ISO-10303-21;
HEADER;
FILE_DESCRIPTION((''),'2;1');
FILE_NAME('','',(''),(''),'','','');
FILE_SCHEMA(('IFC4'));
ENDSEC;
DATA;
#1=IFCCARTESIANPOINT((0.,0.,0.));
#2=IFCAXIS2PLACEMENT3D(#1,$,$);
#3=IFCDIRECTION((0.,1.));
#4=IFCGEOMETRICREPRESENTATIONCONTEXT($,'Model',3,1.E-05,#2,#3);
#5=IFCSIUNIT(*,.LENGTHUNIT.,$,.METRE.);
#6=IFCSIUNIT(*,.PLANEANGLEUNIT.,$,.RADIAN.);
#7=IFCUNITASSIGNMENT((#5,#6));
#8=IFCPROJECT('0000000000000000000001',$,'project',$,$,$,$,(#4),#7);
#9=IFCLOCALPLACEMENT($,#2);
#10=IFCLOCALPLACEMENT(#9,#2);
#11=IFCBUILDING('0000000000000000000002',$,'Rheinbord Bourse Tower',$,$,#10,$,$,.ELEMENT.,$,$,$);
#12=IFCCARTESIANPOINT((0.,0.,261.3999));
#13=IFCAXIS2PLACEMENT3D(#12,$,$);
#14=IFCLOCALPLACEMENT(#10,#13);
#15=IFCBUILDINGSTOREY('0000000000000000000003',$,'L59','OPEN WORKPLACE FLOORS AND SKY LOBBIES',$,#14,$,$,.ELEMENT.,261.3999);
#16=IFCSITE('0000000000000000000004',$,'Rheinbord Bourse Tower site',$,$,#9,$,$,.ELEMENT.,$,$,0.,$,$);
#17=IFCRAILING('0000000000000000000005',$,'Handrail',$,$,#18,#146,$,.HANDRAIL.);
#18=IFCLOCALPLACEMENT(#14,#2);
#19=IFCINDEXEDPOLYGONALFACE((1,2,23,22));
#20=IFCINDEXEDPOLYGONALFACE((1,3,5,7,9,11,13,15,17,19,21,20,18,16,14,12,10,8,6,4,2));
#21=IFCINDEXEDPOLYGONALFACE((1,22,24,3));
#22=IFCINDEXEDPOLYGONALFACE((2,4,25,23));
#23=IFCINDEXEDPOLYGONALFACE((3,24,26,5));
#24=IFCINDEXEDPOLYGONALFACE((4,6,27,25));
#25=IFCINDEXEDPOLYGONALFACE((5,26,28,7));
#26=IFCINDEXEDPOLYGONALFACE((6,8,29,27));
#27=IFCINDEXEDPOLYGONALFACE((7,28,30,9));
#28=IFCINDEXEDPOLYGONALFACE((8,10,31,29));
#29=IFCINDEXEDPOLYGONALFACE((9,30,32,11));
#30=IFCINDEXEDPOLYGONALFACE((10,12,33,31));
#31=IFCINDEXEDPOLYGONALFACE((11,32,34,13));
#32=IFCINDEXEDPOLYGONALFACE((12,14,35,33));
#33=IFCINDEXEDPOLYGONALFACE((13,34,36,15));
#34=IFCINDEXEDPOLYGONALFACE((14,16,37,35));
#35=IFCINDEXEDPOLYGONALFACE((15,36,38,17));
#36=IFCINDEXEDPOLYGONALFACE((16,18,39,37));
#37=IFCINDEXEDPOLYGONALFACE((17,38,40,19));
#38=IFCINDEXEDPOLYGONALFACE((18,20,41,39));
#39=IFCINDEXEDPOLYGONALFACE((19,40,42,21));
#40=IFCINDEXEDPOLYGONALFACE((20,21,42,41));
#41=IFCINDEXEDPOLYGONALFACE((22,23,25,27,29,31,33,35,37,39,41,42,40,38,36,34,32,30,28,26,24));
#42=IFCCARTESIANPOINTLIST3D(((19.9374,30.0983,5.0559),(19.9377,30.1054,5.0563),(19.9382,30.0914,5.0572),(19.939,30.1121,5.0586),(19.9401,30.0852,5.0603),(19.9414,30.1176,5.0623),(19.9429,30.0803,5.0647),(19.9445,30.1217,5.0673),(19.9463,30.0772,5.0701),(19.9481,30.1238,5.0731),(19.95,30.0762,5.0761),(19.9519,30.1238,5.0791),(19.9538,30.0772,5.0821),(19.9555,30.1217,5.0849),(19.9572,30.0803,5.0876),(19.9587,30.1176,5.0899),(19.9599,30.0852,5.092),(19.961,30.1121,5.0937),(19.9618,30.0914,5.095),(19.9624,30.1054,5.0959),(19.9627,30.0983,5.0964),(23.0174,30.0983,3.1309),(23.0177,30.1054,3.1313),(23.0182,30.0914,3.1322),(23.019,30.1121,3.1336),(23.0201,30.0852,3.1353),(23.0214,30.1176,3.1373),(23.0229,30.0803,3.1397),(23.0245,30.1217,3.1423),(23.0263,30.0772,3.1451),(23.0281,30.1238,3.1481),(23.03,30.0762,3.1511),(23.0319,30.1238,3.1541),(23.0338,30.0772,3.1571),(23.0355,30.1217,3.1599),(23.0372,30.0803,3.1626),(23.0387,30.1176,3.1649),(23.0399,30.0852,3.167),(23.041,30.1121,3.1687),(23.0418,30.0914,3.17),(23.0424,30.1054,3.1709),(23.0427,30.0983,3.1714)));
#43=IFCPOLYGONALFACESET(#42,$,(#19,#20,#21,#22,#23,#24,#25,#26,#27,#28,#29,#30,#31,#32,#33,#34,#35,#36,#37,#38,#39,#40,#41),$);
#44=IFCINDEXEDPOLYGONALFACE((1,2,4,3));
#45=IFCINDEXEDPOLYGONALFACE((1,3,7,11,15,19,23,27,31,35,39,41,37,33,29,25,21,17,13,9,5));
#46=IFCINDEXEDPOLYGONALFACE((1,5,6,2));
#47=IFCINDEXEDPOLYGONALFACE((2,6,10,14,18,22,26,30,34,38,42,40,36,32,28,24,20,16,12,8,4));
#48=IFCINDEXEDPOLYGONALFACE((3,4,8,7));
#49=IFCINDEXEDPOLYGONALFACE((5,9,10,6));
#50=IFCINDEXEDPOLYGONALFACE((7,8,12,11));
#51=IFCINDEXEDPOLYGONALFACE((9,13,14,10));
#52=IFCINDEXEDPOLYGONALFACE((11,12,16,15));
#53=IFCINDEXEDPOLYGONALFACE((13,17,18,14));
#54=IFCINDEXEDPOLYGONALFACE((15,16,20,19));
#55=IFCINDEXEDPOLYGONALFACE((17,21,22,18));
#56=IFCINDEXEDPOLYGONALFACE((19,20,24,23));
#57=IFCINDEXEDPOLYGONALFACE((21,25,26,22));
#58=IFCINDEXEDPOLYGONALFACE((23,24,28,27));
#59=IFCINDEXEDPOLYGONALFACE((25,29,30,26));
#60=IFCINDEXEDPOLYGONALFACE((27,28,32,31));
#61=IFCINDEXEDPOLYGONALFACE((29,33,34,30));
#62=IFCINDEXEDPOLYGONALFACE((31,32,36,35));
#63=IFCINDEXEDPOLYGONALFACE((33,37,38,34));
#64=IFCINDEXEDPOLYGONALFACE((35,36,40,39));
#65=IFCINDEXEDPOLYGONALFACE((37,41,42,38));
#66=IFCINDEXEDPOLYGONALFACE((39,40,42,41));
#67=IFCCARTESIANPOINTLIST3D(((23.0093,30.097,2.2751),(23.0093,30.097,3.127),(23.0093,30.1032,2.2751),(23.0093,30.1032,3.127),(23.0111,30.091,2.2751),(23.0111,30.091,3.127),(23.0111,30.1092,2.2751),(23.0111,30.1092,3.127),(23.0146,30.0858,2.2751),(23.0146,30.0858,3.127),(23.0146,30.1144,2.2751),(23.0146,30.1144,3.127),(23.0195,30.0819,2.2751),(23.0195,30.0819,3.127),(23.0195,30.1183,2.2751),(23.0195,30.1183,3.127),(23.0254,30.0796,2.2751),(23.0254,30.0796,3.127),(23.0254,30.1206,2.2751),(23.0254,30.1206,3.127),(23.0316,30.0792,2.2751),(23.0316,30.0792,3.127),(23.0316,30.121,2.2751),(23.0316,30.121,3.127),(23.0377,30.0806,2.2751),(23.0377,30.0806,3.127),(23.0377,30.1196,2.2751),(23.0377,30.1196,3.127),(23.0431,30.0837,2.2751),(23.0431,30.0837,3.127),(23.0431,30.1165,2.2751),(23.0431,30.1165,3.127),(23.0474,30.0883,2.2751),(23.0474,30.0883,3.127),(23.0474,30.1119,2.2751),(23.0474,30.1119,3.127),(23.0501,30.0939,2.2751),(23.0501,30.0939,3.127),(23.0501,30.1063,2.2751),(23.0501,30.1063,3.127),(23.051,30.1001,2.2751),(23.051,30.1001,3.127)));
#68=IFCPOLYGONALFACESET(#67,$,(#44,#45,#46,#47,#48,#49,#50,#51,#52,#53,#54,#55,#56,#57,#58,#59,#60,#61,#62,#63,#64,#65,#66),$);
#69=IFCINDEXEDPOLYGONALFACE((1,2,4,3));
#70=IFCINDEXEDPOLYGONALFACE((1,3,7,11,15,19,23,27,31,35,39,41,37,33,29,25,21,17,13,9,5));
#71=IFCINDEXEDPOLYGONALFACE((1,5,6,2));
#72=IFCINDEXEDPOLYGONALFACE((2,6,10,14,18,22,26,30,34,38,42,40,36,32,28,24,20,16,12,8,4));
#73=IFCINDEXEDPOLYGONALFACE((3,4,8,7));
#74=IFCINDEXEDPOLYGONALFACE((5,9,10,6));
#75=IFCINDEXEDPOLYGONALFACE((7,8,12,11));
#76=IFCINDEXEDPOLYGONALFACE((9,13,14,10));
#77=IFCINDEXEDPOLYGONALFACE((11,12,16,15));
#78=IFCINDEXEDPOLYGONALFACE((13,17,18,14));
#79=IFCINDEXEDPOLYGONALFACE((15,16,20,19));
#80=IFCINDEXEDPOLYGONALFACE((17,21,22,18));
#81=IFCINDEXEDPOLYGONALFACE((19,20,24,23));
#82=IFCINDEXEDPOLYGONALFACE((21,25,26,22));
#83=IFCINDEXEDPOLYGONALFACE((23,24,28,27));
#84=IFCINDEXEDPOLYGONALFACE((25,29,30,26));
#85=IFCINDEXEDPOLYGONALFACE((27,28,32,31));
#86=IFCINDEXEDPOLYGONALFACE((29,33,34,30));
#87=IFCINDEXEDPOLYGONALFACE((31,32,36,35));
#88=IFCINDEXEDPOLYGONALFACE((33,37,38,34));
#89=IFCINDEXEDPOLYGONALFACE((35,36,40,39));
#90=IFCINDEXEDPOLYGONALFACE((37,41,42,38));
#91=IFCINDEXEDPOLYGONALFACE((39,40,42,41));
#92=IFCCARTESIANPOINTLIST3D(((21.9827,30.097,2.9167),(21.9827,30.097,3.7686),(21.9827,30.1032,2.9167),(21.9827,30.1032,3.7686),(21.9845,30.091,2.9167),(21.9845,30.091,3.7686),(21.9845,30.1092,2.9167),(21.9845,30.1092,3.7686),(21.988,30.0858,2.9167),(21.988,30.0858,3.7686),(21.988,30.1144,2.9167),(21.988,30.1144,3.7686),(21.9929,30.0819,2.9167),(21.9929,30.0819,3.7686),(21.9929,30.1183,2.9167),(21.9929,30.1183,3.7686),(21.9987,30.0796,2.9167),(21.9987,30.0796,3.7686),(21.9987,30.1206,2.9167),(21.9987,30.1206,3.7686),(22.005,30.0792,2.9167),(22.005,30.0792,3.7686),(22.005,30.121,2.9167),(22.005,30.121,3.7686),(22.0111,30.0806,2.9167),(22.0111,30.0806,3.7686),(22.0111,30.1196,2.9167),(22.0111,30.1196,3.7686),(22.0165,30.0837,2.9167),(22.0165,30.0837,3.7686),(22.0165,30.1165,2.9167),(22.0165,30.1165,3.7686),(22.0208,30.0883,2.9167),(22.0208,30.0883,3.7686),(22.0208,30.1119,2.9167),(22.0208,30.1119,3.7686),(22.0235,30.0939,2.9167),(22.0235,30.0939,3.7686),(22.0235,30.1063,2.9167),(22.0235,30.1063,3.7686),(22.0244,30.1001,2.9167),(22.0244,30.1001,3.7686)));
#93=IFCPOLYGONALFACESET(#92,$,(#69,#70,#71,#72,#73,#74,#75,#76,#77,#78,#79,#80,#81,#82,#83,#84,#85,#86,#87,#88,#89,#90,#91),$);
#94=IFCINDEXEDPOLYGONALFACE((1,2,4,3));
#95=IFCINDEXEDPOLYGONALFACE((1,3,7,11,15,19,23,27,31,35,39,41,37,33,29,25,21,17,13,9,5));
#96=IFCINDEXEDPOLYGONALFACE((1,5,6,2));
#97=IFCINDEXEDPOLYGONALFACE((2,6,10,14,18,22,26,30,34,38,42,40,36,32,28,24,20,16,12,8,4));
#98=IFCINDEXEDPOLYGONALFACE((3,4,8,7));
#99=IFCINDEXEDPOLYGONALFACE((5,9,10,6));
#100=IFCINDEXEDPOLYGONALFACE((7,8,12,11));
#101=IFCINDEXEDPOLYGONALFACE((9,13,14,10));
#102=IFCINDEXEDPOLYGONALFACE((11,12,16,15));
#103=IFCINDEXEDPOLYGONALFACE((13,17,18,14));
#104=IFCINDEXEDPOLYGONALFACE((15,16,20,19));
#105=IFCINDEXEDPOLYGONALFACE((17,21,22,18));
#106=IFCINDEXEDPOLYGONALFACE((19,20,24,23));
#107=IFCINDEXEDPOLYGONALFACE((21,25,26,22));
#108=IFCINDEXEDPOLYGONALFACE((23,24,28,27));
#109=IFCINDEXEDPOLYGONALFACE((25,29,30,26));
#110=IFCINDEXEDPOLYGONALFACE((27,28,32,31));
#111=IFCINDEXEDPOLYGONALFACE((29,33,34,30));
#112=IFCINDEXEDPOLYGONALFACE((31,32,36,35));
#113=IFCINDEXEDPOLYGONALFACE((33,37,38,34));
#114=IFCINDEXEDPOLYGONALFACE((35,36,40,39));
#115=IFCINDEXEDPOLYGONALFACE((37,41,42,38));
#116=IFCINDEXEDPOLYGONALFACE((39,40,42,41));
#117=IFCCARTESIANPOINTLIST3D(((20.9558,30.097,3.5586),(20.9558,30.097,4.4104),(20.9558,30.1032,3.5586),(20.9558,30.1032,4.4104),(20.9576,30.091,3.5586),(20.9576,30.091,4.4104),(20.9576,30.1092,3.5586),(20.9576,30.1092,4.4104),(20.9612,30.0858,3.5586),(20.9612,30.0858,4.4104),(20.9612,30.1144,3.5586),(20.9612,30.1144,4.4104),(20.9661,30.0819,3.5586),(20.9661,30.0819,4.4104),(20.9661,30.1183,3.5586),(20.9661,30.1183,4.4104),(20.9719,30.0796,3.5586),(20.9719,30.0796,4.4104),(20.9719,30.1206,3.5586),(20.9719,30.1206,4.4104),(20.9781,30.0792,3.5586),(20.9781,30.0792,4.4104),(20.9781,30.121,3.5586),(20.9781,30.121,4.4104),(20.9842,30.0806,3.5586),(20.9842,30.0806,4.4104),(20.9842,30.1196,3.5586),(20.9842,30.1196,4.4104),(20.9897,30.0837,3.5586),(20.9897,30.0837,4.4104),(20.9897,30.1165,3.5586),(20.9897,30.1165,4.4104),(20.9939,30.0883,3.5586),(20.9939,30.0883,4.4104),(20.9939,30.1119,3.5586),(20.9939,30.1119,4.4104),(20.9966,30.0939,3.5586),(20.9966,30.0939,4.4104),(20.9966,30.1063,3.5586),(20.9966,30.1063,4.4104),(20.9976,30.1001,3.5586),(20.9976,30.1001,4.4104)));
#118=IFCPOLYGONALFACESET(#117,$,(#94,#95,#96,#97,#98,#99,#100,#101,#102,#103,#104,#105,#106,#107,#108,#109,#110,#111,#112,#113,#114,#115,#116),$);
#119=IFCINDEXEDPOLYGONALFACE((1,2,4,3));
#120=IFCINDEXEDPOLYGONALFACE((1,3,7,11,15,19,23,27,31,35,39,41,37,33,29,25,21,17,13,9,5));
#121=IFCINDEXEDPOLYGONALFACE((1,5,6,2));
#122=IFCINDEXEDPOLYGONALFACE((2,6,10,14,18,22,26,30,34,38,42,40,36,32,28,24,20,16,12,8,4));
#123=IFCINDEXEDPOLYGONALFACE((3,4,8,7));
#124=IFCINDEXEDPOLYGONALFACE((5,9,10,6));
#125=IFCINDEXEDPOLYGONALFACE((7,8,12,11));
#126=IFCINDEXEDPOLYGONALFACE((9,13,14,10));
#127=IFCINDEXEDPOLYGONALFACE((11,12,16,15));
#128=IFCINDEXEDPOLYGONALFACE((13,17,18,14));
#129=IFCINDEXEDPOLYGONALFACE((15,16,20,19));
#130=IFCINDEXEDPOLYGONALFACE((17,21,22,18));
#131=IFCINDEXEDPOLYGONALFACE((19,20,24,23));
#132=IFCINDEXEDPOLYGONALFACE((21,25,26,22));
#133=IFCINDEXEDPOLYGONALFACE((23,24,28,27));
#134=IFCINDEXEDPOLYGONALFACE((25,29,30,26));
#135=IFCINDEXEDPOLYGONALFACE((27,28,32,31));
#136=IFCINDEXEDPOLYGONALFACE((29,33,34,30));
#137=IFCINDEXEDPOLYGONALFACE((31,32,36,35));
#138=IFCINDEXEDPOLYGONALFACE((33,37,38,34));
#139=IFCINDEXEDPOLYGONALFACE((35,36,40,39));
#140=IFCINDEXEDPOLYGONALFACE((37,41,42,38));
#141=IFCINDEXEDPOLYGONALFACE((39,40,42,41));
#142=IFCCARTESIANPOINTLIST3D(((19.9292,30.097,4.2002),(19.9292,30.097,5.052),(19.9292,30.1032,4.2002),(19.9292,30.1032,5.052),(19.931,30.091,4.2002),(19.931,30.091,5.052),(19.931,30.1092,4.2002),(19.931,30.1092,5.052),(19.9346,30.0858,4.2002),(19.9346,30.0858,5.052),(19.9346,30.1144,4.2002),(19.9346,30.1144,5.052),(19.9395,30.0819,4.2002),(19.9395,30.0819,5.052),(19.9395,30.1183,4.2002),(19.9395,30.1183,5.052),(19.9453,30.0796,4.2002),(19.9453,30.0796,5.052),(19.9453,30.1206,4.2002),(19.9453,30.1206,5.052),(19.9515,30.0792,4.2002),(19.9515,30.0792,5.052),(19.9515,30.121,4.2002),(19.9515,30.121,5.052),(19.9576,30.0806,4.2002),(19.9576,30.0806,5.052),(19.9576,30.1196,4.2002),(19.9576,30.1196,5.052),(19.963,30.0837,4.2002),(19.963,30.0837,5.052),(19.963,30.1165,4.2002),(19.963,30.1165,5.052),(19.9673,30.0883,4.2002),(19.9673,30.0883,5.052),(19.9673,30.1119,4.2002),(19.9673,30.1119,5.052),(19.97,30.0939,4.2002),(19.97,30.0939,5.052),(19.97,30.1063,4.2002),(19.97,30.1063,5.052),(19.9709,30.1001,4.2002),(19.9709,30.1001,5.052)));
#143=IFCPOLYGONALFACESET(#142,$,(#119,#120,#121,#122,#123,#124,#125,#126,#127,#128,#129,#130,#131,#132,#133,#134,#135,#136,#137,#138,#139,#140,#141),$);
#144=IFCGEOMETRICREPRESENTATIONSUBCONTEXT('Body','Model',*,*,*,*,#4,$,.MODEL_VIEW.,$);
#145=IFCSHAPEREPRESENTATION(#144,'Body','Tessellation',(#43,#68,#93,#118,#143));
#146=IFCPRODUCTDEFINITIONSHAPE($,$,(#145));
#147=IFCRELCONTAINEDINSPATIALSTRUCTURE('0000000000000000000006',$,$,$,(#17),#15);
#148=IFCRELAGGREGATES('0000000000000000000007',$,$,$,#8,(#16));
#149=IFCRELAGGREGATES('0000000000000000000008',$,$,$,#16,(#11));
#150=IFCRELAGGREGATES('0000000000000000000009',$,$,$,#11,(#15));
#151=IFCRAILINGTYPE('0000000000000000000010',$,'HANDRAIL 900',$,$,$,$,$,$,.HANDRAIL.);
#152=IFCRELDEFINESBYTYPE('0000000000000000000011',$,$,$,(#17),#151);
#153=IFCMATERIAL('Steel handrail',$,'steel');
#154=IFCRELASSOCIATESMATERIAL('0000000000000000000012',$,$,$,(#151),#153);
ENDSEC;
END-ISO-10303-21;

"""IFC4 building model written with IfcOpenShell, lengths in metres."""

from ifc_helpers import new_model, si_unit, direction, frame, origin, origin_2d, place, context, subcontext, project, spatial, circle, extrude, material, type_object, element, save


model = new_model("IFC4")

# Units and contexts
model_context = context("Model", 3, precision=1e-05, world=origin(), true_north=direction((0.0, 1.0)))
body_context = subcontext(model_context, "Body", "Model", "MODEL_VIEW")
ifc_project = project(units=[si_unit("LENGTHUNIT", "METRE"), si_unit("PLANEANGLEUNIT", "RADIAN")], contexts=[model_context])

# Site, building, storey
site_placement = place(None, origin())
site = spatial("IfcSite", under=ifc_project, at=site_placement, Name="Rheinbord Bourse Tower site", CompositionType="ELEMENT", RefElevation=0.0)
building_placement = place(site_placement, origin())
building = spatial("IfcBuilding", under=site, at=building_placement, Name="Rheinbord Bourse Tower", CompositionType="ELEMENT")
storey_placement = place(building_placement, frame((0.0, 0.0, 261.3999)))
storey = spatial("IfcBuildingStorey", under=building, at=storey_placement, Name="L59", Description="OPEN WORKPLACE FLOORS AND SKY LOBBIES", CompositionType="ELEMENT", Elevation=261.3999)

# Railing
ifc_material_1 = material(Name="Steel handrail", Category="steel")
railing_type = type_object("IfcRailingType", Name="HANDRAIL 900", PredefinedType="HANDRAIL", material=ifc_material_1)
railing_placement = place(storey_placement, frame((23.03, 30.1001, 2.2751)))
element("IfcRailing", 1, at=railing_placement, inside=storey, type_object=railing_type, Name="Handrail", PredefinedType="HANDRAIL", context=body_context, shape_type="SweptSolid", body=[
    extrude(circle(Radius=0.0239, at=origin_2d()), frame((0.0, 0.0, 0.876), z_axis=(-0.847998, 0.0, 0.529999), x_axis=(0.0, -1.0, 0.0)), (0.0, 0.0, 1.0), 3.6321),
    extrude(circle(Radius=0.021, at=origin_2d()), origin(), (0.0, 0.0, 1.0), 0.8518),
    extrude(circle(Radius=0.021, at=origin_2d()), frame((-1.0266, 0.0, 0.6416)), (0.0, 0.0, 1.0), 0.8518),
    extrude(circle(Radius=0.021, at=origin_2d()), frame((-2.0535, 0.0, 1.2834)), (0.0, 0.0, 1.0), 0.8518),
    extrude(circle(Radius=0.021, at=origin_2d()), frame((-3.0801, 0.0, 1.925)), (0.0, 0.0, 1.0), 0.8518),
])

save(model, "model.ifc")
